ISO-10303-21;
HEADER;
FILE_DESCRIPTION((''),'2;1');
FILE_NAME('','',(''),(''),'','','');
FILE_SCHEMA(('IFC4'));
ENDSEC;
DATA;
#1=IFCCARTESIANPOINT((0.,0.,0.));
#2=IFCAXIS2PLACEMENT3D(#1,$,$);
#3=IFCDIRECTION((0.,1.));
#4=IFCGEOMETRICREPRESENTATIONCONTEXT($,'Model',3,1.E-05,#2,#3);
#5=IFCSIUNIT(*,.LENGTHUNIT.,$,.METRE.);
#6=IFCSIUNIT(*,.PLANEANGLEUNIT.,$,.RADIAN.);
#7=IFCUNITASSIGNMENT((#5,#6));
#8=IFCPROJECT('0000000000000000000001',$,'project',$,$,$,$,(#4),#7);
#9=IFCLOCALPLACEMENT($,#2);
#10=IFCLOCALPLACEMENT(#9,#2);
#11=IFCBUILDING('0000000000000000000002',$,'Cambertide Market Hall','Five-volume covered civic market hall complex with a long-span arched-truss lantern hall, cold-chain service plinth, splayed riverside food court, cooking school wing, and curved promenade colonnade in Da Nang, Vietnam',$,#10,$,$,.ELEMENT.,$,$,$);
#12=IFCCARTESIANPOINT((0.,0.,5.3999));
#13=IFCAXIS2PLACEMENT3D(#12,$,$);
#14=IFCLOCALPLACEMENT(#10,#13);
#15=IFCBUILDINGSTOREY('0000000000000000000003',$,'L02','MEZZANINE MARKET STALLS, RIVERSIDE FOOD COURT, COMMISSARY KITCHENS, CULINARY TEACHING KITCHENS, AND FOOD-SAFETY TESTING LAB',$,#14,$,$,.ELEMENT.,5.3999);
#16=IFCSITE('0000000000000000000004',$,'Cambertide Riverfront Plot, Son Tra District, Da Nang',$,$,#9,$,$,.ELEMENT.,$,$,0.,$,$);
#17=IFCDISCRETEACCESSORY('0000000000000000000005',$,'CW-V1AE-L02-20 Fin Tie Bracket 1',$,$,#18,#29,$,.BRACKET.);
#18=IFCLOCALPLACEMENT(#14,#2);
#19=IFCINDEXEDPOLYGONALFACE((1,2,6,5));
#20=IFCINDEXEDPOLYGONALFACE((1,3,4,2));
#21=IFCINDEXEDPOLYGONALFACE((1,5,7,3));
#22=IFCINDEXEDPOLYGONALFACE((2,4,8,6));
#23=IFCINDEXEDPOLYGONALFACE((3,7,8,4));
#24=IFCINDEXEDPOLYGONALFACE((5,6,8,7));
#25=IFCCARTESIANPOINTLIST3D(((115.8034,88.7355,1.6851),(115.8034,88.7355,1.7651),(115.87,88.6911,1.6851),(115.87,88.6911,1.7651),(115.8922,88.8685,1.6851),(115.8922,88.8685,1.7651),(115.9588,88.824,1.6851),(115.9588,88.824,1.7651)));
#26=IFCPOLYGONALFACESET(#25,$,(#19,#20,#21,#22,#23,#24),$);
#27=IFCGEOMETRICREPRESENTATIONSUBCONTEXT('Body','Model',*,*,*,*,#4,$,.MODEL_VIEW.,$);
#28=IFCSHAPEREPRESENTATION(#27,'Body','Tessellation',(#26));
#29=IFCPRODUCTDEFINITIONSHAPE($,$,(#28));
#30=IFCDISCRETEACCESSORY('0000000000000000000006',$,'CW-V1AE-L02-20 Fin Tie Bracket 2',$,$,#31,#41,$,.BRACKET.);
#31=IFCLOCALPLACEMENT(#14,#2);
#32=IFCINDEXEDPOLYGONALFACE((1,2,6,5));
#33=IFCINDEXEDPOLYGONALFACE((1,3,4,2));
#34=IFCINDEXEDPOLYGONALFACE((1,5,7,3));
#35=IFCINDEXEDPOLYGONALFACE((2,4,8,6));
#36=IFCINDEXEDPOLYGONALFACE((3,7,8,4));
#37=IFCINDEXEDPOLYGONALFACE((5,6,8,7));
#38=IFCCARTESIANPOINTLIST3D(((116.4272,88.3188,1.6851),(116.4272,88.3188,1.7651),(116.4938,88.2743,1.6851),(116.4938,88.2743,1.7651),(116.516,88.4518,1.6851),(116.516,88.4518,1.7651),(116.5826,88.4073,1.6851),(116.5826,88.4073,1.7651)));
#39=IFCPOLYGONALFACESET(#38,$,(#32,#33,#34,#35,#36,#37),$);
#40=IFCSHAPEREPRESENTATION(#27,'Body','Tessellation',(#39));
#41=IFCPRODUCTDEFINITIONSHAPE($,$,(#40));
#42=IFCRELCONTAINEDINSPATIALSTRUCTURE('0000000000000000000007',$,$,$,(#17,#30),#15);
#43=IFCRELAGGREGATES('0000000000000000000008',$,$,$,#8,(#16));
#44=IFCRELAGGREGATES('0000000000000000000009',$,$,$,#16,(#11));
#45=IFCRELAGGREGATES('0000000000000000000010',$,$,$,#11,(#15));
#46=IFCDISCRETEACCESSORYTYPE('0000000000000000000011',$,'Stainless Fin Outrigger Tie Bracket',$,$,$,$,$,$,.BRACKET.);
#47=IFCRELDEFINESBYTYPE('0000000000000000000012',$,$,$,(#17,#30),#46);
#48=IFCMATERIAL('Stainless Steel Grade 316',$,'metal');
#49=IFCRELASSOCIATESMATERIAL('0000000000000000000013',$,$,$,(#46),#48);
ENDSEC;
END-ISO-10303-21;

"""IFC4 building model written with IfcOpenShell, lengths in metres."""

from ifc_helpers import new_model, si_unit, direction, frame, origin, origin_2d, place, context, subcontext, project, spatial, rectangle, extrude, material, type_object, element, save


model = new_model("IFC4")

# Units and contexts
model_context = context("Model", 3, precision=1e-05, world=origin(), true_north=direction((0.0, 1.0)))
body_context = subcontext(model_context, "Body", "Model", "MODEL_VIEW")
ifc_project = project(units=[si_unit("LENGTHUNIT", "METRE"), si_unit("PLANEANGLEUNIT", "RADIAN")], contexts=[model_context])

# Site, building, storey
site_placement = place(None, origin())
site = spatial("IfcSite", under=ifc_project, at=site_placement, Name="Cambertide Riverfront Plot, Son Tra District, Da Nang", CompositionType="ELEMENT", RefElevation=0.0)
building_placement = place(site_placement, origin())
building = spatial("IfcBuilding", under=site, at=building_placement, Name="Cambertide Market Hall", Description="Five-volume covered civic market hall complex with a long-span arched-truss lantern hall, cold-chain service plinth, splayed riverside food court, cooking school wing, and curved promenade colonnade in Da Nang, Vietnam", CompositionType="ELEMENT")
storey_placement = place(building_placement, frame((0.0, 0.0, 5.3999)))
storey = spatial("IfcBuildingStorey", under=building, at=storey_placement, Name="L02", Description="MEZZANINE MARKET STALLS, RIVERSIDE FOOD COURT, COMMISSARY KITCHENS, CULINARY TEACHING KITCHENS, AND FOOD-SAFETY TESTING LAB", CompositionType="ELEMENT", Elevation=5.3999)

# Discrete accessories
ifc_material_1 = material(Name="Stainless Steel Grade 316", Category="metal")
discrete_accessory_type = type_object("IfcDiscreteAccessoryType", Name="Stainless Fin Outrigger Tie Bracket", PredefinedType="BRACKET", material=ifc_material_1)
for number, where, z_axis, x_axis, name in (
    (1, (115.8811, 88.7798, 1.6851), (0.0, 0.0, 1.0), (0.83147, -0.55557, 0.0), "CW-V1AE-L02-20 Fin Tie Bracket 1"),
    (2, (116.5049, 88.363, 1.6851), (0.0, 0.0, 1.0), (0.83147, -0.55557, 0.0), "CW-V1AE-L02-20 Fin Tie Bracket 2"),
):
    element("IfcDiscreteAccessory", number, at=place(storey_placement, frame(where, z_axis=z_axis, x_axis=x_axis)), inside=storey, type_object=discrete_accessory_type, Name=name, PredefinedType="BRACKET", context=body_context, shape_type="SweptSolid", body=[
        extrude(rectangle(XDim=0.0801, YDim=0.1599, at=origin_2d()), origin(), (0.0, 0.0, 1.0), 0.0801),
    ])

save(model, "model.ifc")
